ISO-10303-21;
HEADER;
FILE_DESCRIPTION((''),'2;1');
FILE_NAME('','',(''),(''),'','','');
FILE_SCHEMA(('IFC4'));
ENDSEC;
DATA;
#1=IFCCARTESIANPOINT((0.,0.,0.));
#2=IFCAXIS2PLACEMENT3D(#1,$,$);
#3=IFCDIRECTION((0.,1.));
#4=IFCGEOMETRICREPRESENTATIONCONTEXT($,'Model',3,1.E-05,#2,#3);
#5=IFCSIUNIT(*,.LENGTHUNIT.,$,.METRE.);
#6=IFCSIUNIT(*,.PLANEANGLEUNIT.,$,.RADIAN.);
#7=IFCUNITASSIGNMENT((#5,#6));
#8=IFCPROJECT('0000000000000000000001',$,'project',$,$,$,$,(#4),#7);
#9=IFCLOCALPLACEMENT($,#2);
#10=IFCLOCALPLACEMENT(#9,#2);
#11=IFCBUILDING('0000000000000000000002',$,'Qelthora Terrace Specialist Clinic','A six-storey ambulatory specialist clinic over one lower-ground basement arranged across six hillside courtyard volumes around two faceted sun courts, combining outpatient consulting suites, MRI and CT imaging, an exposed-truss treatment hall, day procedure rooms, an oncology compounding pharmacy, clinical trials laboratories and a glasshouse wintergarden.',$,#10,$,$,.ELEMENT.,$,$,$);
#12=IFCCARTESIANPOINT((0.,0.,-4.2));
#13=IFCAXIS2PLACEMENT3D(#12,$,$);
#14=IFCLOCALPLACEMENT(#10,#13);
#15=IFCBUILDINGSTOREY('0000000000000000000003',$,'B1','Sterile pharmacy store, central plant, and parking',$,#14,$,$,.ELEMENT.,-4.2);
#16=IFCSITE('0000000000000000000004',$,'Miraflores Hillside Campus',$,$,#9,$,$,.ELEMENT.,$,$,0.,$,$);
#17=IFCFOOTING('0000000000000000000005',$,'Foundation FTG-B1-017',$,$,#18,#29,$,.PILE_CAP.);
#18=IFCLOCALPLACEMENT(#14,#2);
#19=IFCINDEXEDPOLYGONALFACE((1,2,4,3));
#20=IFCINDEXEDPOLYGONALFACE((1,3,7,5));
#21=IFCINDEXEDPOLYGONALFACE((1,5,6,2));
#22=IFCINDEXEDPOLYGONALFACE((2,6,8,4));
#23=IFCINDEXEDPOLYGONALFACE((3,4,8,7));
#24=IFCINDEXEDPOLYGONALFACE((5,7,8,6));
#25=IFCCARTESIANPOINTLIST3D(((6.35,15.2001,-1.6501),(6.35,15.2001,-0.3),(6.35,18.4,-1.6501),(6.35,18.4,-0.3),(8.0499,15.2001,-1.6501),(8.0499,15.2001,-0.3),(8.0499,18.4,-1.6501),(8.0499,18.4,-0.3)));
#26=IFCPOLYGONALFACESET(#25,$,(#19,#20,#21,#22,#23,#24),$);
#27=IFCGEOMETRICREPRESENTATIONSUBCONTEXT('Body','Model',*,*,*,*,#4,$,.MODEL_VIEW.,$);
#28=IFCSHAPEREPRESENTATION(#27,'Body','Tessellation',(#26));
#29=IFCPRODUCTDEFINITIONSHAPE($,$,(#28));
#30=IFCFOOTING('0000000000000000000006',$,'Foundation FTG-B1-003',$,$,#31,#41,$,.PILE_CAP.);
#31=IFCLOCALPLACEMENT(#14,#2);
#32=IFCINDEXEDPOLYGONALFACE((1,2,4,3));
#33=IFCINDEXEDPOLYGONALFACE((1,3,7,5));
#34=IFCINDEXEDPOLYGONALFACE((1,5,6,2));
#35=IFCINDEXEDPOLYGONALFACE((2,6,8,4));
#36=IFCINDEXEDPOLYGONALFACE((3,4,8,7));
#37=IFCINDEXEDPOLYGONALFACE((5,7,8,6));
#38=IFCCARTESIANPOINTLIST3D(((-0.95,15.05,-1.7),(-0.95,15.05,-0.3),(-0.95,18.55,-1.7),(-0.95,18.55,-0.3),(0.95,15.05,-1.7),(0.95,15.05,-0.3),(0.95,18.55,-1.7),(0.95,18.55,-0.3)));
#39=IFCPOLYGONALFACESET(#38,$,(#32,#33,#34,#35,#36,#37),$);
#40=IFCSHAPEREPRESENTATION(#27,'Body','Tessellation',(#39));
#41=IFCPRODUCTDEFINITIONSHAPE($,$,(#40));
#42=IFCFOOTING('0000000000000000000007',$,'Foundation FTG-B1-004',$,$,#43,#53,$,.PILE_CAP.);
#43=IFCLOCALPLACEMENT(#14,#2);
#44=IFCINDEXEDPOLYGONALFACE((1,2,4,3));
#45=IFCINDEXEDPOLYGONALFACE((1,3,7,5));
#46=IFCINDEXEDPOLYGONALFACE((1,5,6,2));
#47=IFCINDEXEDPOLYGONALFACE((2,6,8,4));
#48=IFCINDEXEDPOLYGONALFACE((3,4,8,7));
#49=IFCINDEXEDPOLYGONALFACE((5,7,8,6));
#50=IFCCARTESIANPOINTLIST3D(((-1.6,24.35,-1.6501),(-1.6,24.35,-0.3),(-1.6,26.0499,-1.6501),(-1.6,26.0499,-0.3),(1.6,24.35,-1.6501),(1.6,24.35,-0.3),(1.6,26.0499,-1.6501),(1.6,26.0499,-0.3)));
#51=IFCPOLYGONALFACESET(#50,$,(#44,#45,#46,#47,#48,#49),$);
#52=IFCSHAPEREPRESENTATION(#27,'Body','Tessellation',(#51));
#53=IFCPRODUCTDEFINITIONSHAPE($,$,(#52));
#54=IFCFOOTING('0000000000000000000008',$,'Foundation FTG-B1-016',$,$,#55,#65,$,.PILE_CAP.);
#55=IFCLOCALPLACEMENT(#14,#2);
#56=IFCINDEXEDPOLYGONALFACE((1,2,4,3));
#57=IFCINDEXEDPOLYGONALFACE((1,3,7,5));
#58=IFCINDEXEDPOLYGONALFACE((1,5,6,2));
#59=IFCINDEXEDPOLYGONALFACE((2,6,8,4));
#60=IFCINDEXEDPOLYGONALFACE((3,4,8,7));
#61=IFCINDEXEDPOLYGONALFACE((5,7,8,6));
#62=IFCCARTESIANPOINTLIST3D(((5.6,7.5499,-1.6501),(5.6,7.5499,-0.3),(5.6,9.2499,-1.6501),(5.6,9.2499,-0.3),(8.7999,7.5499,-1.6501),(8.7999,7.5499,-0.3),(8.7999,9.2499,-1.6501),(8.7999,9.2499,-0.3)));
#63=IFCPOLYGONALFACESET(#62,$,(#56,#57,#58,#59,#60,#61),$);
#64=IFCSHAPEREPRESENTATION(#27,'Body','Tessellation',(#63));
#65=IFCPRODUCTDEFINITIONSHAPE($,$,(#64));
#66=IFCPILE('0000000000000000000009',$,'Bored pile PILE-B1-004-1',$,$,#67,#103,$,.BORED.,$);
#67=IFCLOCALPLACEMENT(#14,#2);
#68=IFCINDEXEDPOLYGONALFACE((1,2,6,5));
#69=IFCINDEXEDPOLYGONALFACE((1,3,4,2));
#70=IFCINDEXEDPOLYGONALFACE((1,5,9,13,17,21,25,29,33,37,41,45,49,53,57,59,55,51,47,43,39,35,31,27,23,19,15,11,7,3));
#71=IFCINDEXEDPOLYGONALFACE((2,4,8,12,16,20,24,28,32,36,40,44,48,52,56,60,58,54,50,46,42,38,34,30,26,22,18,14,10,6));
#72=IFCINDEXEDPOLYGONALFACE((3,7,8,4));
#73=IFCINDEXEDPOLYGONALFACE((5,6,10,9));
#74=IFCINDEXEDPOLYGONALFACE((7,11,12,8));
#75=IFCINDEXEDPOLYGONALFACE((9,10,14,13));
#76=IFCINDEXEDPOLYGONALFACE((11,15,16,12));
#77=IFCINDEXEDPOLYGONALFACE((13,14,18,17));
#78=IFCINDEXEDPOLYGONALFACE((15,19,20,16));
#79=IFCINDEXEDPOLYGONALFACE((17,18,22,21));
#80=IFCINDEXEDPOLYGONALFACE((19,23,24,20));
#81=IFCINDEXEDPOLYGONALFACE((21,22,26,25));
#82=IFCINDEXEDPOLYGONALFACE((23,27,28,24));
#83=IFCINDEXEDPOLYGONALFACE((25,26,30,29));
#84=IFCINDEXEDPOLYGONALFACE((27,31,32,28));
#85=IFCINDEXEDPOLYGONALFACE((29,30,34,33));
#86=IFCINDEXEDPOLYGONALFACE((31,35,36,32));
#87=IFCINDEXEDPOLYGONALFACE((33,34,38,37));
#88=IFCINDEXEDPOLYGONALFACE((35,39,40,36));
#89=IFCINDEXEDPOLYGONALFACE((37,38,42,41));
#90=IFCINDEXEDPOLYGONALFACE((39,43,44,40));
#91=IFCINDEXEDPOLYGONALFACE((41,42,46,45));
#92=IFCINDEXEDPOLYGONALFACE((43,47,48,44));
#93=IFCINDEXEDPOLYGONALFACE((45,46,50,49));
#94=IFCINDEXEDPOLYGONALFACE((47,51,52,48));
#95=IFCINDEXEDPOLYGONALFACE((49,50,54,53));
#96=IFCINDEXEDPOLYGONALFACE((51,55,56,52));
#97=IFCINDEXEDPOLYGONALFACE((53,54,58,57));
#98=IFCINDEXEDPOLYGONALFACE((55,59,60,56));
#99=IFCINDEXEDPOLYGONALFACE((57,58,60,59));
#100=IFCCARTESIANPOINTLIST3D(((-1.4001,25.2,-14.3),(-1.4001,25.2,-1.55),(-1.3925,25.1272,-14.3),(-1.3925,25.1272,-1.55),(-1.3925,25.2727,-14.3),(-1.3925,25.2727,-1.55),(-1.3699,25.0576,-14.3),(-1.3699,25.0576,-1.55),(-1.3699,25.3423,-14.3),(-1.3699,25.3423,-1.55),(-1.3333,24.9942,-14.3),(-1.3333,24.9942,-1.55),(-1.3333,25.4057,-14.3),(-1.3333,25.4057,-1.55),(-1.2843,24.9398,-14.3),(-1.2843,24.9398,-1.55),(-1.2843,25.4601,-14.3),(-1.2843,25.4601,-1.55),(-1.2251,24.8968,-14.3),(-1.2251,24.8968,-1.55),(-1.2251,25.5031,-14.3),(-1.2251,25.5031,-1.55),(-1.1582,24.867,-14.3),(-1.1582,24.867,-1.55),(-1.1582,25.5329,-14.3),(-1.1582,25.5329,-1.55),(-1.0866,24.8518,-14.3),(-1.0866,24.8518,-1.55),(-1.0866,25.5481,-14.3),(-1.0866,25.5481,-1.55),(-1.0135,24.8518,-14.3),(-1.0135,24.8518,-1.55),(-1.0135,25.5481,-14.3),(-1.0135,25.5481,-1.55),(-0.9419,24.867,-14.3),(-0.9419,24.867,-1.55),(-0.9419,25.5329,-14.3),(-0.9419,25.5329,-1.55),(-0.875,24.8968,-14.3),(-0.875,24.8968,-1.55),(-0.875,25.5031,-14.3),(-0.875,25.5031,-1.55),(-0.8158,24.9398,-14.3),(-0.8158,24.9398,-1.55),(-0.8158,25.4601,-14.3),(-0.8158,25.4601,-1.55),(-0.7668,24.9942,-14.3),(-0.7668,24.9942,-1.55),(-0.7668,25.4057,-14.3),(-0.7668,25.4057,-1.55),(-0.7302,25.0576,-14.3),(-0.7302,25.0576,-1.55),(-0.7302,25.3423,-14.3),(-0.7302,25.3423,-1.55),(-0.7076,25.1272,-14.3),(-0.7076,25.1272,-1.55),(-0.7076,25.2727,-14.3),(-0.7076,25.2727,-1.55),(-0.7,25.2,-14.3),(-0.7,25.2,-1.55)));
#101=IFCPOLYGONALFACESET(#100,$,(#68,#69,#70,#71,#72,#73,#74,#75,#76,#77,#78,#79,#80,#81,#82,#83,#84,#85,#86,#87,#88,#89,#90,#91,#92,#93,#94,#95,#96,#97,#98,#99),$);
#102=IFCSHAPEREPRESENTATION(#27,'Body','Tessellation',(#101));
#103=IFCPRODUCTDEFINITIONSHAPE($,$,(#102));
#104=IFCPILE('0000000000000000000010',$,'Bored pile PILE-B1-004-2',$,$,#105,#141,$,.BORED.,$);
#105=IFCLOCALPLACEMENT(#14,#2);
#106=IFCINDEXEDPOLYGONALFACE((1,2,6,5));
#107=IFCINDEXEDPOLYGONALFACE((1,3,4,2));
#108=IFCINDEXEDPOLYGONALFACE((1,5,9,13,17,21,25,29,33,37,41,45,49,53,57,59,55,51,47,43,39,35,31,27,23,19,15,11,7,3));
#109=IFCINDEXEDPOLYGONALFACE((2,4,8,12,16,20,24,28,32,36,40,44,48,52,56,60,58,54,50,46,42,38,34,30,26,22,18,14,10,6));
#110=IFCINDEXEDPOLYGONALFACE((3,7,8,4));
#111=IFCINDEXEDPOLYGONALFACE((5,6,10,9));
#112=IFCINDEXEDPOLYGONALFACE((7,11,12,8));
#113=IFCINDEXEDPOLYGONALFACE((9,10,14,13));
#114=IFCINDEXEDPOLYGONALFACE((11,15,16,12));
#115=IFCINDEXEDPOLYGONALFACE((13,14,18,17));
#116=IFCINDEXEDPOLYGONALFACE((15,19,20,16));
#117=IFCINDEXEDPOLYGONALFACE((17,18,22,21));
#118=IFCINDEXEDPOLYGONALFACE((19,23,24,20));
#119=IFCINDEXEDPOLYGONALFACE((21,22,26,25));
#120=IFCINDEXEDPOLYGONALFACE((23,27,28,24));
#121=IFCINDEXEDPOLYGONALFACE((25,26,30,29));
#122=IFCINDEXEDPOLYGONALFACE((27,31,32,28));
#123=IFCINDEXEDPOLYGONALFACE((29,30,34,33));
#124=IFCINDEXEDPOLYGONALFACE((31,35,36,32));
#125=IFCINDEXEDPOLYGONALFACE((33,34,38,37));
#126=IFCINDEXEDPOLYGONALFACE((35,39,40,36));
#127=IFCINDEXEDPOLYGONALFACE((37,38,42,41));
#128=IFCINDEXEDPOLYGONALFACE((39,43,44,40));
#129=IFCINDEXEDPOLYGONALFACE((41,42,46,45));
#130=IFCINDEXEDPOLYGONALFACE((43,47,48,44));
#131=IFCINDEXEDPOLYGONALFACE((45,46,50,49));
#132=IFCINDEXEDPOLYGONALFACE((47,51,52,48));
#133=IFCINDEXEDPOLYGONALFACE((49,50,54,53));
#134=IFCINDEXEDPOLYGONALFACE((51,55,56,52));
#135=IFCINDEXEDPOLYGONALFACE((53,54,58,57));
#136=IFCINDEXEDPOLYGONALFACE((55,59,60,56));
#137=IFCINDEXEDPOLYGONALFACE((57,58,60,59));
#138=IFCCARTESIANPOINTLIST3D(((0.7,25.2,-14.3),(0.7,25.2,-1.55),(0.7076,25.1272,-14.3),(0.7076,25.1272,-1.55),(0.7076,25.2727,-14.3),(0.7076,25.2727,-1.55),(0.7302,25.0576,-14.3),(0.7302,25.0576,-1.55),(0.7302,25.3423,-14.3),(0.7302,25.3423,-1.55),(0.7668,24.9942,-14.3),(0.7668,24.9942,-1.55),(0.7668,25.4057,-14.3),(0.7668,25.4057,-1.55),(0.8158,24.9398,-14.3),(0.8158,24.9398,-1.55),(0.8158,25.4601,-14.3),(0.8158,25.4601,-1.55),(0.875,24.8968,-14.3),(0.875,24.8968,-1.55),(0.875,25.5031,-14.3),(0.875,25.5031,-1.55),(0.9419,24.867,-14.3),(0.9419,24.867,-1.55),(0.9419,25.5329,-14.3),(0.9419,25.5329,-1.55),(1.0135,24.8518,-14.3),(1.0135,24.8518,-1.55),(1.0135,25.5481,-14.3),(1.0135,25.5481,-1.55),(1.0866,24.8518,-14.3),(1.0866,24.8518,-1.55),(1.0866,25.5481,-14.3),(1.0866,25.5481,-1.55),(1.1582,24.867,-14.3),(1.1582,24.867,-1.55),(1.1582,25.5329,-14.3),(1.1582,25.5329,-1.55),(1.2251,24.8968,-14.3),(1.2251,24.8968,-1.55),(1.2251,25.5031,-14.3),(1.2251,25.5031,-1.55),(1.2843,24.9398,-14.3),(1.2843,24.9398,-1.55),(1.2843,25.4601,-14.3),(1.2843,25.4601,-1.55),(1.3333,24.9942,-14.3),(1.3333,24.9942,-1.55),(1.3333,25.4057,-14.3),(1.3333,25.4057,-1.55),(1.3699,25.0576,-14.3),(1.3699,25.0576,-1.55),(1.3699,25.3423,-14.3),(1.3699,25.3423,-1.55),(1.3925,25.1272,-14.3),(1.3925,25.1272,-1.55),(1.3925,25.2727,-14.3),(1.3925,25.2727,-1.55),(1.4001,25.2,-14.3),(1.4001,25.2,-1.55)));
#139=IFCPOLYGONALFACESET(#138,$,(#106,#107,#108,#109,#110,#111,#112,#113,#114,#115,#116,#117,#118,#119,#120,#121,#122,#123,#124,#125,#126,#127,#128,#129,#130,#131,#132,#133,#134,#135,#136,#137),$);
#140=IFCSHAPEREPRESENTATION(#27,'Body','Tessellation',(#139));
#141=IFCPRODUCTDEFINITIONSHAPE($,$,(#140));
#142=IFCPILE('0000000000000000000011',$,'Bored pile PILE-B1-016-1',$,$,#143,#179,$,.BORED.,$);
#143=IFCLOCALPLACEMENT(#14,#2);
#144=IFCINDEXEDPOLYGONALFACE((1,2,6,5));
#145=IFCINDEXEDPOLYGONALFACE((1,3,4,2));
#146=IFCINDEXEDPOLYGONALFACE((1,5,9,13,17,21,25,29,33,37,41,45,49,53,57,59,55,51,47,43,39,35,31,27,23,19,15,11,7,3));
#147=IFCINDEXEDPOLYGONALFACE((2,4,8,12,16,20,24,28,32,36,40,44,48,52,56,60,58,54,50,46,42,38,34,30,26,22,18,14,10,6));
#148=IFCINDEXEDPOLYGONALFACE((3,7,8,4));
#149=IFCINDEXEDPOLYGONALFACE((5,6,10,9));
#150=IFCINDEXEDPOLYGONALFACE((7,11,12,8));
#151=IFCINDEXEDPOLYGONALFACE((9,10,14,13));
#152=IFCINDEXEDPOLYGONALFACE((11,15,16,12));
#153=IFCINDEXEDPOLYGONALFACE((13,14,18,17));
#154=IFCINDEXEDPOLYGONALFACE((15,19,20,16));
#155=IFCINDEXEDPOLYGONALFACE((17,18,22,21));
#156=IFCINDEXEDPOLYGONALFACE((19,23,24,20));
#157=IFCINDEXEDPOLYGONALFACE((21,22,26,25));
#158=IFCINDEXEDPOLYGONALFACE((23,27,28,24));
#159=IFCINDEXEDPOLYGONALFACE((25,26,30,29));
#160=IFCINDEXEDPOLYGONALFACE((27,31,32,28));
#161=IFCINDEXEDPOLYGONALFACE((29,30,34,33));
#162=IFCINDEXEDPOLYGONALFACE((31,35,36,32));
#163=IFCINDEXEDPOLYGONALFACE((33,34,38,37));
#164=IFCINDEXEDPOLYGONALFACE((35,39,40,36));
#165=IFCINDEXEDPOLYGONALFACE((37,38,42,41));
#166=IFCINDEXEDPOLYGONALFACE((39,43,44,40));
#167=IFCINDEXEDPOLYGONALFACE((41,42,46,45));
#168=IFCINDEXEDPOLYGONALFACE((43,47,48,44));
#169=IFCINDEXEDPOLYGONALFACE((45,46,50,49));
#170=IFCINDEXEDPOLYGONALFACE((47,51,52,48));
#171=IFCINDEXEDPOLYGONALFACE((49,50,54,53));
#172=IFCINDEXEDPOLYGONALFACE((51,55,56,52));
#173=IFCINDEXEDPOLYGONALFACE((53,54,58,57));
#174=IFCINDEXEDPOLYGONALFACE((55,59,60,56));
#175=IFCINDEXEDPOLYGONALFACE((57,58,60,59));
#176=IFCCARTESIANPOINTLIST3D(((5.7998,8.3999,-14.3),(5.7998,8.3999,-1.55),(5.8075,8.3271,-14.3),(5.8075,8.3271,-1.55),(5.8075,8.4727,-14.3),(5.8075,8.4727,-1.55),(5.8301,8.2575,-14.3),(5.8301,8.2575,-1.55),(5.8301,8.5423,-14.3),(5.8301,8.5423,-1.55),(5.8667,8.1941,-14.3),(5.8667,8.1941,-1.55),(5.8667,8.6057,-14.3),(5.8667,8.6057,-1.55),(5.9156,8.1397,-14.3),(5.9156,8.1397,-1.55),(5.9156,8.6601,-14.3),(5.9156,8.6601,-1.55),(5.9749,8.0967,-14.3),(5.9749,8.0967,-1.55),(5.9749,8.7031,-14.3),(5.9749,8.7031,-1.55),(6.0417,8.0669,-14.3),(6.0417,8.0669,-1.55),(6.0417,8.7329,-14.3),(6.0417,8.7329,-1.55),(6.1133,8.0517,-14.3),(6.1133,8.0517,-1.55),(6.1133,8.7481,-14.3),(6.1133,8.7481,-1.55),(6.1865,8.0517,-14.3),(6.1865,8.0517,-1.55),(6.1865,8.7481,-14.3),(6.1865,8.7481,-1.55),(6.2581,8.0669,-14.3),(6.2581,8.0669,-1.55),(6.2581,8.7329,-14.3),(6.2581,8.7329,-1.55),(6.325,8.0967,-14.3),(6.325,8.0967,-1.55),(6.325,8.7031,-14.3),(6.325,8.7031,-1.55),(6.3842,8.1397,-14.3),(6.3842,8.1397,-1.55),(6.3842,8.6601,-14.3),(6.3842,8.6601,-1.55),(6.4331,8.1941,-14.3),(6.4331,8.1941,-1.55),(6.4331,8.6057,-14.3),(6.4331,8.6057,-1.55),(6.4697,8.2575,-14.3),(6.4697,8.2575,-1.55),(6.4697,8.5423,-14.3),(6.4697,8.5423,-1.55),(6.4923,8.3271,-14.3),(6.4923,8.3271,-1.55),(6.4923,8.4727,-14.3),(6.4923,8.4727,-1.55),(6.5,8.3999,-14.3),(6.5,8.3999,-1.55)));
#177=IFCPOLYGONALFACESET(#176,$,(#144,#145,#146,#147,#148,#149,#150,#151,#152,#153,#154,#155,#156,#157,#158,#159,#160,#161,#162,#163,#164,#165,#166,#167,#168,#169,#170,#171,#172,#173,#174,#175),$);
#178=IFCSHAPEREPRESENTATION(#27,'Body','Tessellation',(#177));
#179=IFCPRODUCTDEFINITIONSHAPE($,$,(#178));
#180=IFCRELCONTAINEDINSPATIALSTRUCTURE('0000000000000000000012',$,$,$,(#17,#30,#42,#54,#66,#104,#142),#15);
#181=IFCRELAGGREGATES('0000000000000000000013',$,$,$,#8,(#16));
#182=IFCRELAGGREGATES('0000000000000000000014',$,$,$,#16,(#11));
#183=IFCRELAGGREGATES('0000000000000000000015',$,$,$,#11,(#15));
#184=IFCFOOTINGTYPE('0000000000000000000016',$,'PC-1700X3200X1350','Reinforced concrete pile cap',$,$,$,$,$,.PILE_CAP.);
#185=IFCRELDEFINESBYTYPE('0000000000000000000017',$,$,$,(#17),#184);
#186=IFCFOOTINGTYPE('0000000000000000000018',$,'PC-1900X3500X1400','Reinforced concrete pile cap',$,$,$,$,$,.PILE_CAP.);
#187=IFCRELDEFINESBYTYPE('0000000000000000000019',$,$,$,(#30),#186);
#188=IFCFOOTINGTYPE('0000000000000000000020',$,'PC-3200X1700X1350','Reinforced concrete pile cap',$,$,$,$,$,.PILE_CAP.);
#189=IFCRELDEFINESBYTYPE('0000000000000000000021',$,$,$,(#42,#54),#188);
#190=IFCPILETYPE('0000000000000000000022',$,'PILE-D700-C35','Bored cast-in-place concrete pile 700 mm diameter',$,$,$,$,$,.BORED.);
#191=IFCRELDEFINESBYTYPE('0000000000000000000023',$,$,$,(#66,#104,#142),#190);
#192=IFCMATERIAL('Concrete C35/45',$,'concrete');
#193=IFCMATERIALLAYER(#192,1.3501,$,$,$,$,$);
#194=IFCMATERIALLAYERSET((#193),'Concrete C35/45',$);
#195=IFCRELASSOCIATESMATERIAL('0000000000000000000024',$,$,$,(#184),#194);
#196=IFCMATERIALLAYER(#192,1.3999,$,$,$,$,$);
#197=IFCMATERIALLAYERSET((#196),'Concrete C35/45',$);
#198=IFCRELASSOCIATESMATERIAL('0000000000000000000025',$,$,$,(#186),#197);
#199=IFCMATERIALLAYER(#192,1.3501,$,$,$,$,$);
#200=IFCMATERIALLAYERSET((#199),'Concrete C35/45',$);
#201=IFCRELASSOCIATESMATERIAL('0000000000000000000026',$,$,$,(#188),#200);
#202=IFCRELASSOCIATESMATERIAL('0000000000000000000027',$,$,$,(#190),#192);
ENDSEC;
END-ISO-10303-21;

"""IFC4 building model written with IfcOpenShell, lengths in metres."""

from ifc_helpers import new_model, si_unit, direction, frame, origin, origin_2d, place, context, subcontext, project, spatial, rectangle, circle, extrude, material, layer, layer_set, material_profile, profile_set, type_object, element, save


model = new_model("IFC4")

# Units and contexts
model_context = context("Model", 3, precision=1e-05, world=origin(), true_north=direction((0.0, 1.0)))
body_context = subcontext(model_context, "Body", "Model", "MODEL_VIEW")
ifc_project = project(units=[si_unit("LENGTHUNIT", "METRE"), si_unit("PLANEANGLEUNIT", "RADIAN")], contexts=[model_context])

# Site, building, storey
site_placement = place(None, origin())
site = spatial("IfcSite", under=ifc_project, at=site_placement, Name="Miraflores Hillside Campus", CompositionType="ELEMENT", RefElevation=0.0)
building_placement = place(site_placement, origin())
building = spatial("IfcBuilding", under=site, at=building_placement, Name="Qelthora Terrace Specialist Clinic", Description="A six-storey ambulatory specialist clinic over one lower-ground basement arranged across six hillside courtyard volumes around two faceted sun courts, combining outpatient consulting suites, MRI and CT imaging, an exposed-truss treatment hall, day procedure rooms, an oncology compounding pharmacy, clinical trials laboratories and a glasshouse wintergarden.", CompositionType="ELEMENT")
storey_placement = place(building_placement, frame((0.0, 0.0, -4.2)))
storey = spatial("IfcBuildingStorey", under=building, at=storey_placement, Name="B1", Description="Sterile pharmacy store, central plant, and parking", CompositionType="ELEMENT", Elevation=-4.2)

# Footings
ifc_material_1 = material(Name="Concrete C35/45", Category="concrete")
ifc_layer_1 = layer(ifc_material_1, 1.3501)
ifc_layer_set_1 = layer_set([ifc_layer_1], Name="Concrete C35/45")
footing_type_1 = type_object("IfcFootingType", Name="PC-1700X3200X1350", Description="Reinforced concrete pile cap", PredefinedType="PILE_CAP", material=ifc_layer_set_1)
footing_1_placement = place(storey_placement, frame((7.2, 16.8, -1.6501), z_axis=(0.0, 0.0, 1.0), x_axis=(1.0, 0.0, 0.0)))
element("IfcFooting", 1, at=footing_1_placement, inside=storey, type_object=footing_type_1, Name="Foundation FTG-B1-017", PredefinedType="PILE_CAP", context=body_context, shape_type="SweptSolid", body=[
    extrude(rectangle(XDim=1.7, YDim=3.2, at=origin_2d()), origin(), (0.0, 0.0, 1.0), 1.3501),
])
ifc_layer_2 = layer(ifc_material_1, 1.3999)
ifc_layer_set_2 = layer_set([ifc_layer_2], Name="Concrete C35/45")
footing_type_2 = type_object("IfcFootingType", Name="PC-1900X3500X1400", Description="Reinforced concrete pile cap", PredefinedType="PILE_CAP", material=ifc_layer_set_2)
footing_2_placement = place(storey_placement, frame((0.0, 16.8, -1.7), z_axis=(0.0, 0.0, 1.0), x_axis=(1.0, 0.0, 0.0)))
element("IfcFooting", 2, at=footing_2_placement, inside=storey, type_object=footing_type_2, Name="Foundation FTG-B1-003", PredefinedType="PILE_CAP", context=body_context, shape_type="SweptSolid", body=[
    extrude(rectangle(XDim=1.8999, YDim=3.5, at=origin_2d()), origin(), (0.0, 0.0, 1.0), 1.3999),
])
ifc_layer_3 = layer(ifc_material_1, 1.3501)
ifc_layer_set_3 = layer_set([ifc_layer_3], Name="Concrete C35/45")
footing_type_3 = type_object("IfcFootingType", Name="PC-3200X1700X1350", Description="Reinforced concrete pile cap", PredefinedType="PILE_CAP", material=ifc_layer_set_3)
for number, where, z_axis, x_axis, name in (
    (3, (0.0, 25.2, -1.6501), (0.0, 0.0, 1.0), (1.0, 0.0, 0.0), "Foundation FTG-B1-004"),
    (4, (7.2, 8.3999, -1.6501), (0.0, 0.0, 1.0), (1.0, 0.0, 0.0), "Foundation FTG-B1-016"),
):
    element("IfcFooting", number, at=place(storey_placement, frame(where, z_axis=z_axis, x_axis=x_axis)), inside=storey, type_object=footing_type_3, Name=name, PredefinedType="PILE_CAP", context=body_context, shape_type="SweptSolid", body=[
        extrude(rectangle(XDim=3.2, YDim=1.7, at=origin_2d()), origin(), (0.0, 0.0, 1.0), 1.3501),
    ])

# Piles
ifc_material_profile_1 = material_profile(ifc_material_1, circle(Radius=0.3501, at=origin_2d()), Name="PILE700")
ifc_profile_set_1 = profile_set([ifc_material_profile_1], Name="Concrete C35/45")
pile_type_1 = type_object("IfcPileType", Name="PILE-D700-C35", Description="Bored cast-in-place concrete pile 700 mm diameter", PredefinedType="BORED", material=ifc_profile_set_1)
for number, where, z_axis, x_axis, name in (
    (5, (-1.05, 25.2, -1.55), (0.0, 0.0, -1.0), (1.0, 0.0, 0.0), "Bored pile PILE-B1-004-1"),
    (6, (1.05, 25.2, -1.55), (0.0, 0.0, -1.0), (1.0, 0.0, 0.0), "Bored pile PILE-B1-004-2"),
    (7, (6.1499, 8.3999, -1.55), (0.0, 0.0, -1.0), (1.0, 0.0, 0.0), "Bored pile PILE-B1-016-1"),
):
    element("IfcPile", number, at=place(storey_placement, frame(where, z_axis=z_axis, x_axis=x_axis)), inside=storey, type_object=pile_type_1, Name=name, PredefinedType="BORED", context=body_context, shape_type="SweptSolid", body=[
        extrude(circle(Radius=0.3501, at=origin_2d()), origin(), (0.0, 0.0, 1.0), 12.75),
    ])

save(model, "model.ifc")
